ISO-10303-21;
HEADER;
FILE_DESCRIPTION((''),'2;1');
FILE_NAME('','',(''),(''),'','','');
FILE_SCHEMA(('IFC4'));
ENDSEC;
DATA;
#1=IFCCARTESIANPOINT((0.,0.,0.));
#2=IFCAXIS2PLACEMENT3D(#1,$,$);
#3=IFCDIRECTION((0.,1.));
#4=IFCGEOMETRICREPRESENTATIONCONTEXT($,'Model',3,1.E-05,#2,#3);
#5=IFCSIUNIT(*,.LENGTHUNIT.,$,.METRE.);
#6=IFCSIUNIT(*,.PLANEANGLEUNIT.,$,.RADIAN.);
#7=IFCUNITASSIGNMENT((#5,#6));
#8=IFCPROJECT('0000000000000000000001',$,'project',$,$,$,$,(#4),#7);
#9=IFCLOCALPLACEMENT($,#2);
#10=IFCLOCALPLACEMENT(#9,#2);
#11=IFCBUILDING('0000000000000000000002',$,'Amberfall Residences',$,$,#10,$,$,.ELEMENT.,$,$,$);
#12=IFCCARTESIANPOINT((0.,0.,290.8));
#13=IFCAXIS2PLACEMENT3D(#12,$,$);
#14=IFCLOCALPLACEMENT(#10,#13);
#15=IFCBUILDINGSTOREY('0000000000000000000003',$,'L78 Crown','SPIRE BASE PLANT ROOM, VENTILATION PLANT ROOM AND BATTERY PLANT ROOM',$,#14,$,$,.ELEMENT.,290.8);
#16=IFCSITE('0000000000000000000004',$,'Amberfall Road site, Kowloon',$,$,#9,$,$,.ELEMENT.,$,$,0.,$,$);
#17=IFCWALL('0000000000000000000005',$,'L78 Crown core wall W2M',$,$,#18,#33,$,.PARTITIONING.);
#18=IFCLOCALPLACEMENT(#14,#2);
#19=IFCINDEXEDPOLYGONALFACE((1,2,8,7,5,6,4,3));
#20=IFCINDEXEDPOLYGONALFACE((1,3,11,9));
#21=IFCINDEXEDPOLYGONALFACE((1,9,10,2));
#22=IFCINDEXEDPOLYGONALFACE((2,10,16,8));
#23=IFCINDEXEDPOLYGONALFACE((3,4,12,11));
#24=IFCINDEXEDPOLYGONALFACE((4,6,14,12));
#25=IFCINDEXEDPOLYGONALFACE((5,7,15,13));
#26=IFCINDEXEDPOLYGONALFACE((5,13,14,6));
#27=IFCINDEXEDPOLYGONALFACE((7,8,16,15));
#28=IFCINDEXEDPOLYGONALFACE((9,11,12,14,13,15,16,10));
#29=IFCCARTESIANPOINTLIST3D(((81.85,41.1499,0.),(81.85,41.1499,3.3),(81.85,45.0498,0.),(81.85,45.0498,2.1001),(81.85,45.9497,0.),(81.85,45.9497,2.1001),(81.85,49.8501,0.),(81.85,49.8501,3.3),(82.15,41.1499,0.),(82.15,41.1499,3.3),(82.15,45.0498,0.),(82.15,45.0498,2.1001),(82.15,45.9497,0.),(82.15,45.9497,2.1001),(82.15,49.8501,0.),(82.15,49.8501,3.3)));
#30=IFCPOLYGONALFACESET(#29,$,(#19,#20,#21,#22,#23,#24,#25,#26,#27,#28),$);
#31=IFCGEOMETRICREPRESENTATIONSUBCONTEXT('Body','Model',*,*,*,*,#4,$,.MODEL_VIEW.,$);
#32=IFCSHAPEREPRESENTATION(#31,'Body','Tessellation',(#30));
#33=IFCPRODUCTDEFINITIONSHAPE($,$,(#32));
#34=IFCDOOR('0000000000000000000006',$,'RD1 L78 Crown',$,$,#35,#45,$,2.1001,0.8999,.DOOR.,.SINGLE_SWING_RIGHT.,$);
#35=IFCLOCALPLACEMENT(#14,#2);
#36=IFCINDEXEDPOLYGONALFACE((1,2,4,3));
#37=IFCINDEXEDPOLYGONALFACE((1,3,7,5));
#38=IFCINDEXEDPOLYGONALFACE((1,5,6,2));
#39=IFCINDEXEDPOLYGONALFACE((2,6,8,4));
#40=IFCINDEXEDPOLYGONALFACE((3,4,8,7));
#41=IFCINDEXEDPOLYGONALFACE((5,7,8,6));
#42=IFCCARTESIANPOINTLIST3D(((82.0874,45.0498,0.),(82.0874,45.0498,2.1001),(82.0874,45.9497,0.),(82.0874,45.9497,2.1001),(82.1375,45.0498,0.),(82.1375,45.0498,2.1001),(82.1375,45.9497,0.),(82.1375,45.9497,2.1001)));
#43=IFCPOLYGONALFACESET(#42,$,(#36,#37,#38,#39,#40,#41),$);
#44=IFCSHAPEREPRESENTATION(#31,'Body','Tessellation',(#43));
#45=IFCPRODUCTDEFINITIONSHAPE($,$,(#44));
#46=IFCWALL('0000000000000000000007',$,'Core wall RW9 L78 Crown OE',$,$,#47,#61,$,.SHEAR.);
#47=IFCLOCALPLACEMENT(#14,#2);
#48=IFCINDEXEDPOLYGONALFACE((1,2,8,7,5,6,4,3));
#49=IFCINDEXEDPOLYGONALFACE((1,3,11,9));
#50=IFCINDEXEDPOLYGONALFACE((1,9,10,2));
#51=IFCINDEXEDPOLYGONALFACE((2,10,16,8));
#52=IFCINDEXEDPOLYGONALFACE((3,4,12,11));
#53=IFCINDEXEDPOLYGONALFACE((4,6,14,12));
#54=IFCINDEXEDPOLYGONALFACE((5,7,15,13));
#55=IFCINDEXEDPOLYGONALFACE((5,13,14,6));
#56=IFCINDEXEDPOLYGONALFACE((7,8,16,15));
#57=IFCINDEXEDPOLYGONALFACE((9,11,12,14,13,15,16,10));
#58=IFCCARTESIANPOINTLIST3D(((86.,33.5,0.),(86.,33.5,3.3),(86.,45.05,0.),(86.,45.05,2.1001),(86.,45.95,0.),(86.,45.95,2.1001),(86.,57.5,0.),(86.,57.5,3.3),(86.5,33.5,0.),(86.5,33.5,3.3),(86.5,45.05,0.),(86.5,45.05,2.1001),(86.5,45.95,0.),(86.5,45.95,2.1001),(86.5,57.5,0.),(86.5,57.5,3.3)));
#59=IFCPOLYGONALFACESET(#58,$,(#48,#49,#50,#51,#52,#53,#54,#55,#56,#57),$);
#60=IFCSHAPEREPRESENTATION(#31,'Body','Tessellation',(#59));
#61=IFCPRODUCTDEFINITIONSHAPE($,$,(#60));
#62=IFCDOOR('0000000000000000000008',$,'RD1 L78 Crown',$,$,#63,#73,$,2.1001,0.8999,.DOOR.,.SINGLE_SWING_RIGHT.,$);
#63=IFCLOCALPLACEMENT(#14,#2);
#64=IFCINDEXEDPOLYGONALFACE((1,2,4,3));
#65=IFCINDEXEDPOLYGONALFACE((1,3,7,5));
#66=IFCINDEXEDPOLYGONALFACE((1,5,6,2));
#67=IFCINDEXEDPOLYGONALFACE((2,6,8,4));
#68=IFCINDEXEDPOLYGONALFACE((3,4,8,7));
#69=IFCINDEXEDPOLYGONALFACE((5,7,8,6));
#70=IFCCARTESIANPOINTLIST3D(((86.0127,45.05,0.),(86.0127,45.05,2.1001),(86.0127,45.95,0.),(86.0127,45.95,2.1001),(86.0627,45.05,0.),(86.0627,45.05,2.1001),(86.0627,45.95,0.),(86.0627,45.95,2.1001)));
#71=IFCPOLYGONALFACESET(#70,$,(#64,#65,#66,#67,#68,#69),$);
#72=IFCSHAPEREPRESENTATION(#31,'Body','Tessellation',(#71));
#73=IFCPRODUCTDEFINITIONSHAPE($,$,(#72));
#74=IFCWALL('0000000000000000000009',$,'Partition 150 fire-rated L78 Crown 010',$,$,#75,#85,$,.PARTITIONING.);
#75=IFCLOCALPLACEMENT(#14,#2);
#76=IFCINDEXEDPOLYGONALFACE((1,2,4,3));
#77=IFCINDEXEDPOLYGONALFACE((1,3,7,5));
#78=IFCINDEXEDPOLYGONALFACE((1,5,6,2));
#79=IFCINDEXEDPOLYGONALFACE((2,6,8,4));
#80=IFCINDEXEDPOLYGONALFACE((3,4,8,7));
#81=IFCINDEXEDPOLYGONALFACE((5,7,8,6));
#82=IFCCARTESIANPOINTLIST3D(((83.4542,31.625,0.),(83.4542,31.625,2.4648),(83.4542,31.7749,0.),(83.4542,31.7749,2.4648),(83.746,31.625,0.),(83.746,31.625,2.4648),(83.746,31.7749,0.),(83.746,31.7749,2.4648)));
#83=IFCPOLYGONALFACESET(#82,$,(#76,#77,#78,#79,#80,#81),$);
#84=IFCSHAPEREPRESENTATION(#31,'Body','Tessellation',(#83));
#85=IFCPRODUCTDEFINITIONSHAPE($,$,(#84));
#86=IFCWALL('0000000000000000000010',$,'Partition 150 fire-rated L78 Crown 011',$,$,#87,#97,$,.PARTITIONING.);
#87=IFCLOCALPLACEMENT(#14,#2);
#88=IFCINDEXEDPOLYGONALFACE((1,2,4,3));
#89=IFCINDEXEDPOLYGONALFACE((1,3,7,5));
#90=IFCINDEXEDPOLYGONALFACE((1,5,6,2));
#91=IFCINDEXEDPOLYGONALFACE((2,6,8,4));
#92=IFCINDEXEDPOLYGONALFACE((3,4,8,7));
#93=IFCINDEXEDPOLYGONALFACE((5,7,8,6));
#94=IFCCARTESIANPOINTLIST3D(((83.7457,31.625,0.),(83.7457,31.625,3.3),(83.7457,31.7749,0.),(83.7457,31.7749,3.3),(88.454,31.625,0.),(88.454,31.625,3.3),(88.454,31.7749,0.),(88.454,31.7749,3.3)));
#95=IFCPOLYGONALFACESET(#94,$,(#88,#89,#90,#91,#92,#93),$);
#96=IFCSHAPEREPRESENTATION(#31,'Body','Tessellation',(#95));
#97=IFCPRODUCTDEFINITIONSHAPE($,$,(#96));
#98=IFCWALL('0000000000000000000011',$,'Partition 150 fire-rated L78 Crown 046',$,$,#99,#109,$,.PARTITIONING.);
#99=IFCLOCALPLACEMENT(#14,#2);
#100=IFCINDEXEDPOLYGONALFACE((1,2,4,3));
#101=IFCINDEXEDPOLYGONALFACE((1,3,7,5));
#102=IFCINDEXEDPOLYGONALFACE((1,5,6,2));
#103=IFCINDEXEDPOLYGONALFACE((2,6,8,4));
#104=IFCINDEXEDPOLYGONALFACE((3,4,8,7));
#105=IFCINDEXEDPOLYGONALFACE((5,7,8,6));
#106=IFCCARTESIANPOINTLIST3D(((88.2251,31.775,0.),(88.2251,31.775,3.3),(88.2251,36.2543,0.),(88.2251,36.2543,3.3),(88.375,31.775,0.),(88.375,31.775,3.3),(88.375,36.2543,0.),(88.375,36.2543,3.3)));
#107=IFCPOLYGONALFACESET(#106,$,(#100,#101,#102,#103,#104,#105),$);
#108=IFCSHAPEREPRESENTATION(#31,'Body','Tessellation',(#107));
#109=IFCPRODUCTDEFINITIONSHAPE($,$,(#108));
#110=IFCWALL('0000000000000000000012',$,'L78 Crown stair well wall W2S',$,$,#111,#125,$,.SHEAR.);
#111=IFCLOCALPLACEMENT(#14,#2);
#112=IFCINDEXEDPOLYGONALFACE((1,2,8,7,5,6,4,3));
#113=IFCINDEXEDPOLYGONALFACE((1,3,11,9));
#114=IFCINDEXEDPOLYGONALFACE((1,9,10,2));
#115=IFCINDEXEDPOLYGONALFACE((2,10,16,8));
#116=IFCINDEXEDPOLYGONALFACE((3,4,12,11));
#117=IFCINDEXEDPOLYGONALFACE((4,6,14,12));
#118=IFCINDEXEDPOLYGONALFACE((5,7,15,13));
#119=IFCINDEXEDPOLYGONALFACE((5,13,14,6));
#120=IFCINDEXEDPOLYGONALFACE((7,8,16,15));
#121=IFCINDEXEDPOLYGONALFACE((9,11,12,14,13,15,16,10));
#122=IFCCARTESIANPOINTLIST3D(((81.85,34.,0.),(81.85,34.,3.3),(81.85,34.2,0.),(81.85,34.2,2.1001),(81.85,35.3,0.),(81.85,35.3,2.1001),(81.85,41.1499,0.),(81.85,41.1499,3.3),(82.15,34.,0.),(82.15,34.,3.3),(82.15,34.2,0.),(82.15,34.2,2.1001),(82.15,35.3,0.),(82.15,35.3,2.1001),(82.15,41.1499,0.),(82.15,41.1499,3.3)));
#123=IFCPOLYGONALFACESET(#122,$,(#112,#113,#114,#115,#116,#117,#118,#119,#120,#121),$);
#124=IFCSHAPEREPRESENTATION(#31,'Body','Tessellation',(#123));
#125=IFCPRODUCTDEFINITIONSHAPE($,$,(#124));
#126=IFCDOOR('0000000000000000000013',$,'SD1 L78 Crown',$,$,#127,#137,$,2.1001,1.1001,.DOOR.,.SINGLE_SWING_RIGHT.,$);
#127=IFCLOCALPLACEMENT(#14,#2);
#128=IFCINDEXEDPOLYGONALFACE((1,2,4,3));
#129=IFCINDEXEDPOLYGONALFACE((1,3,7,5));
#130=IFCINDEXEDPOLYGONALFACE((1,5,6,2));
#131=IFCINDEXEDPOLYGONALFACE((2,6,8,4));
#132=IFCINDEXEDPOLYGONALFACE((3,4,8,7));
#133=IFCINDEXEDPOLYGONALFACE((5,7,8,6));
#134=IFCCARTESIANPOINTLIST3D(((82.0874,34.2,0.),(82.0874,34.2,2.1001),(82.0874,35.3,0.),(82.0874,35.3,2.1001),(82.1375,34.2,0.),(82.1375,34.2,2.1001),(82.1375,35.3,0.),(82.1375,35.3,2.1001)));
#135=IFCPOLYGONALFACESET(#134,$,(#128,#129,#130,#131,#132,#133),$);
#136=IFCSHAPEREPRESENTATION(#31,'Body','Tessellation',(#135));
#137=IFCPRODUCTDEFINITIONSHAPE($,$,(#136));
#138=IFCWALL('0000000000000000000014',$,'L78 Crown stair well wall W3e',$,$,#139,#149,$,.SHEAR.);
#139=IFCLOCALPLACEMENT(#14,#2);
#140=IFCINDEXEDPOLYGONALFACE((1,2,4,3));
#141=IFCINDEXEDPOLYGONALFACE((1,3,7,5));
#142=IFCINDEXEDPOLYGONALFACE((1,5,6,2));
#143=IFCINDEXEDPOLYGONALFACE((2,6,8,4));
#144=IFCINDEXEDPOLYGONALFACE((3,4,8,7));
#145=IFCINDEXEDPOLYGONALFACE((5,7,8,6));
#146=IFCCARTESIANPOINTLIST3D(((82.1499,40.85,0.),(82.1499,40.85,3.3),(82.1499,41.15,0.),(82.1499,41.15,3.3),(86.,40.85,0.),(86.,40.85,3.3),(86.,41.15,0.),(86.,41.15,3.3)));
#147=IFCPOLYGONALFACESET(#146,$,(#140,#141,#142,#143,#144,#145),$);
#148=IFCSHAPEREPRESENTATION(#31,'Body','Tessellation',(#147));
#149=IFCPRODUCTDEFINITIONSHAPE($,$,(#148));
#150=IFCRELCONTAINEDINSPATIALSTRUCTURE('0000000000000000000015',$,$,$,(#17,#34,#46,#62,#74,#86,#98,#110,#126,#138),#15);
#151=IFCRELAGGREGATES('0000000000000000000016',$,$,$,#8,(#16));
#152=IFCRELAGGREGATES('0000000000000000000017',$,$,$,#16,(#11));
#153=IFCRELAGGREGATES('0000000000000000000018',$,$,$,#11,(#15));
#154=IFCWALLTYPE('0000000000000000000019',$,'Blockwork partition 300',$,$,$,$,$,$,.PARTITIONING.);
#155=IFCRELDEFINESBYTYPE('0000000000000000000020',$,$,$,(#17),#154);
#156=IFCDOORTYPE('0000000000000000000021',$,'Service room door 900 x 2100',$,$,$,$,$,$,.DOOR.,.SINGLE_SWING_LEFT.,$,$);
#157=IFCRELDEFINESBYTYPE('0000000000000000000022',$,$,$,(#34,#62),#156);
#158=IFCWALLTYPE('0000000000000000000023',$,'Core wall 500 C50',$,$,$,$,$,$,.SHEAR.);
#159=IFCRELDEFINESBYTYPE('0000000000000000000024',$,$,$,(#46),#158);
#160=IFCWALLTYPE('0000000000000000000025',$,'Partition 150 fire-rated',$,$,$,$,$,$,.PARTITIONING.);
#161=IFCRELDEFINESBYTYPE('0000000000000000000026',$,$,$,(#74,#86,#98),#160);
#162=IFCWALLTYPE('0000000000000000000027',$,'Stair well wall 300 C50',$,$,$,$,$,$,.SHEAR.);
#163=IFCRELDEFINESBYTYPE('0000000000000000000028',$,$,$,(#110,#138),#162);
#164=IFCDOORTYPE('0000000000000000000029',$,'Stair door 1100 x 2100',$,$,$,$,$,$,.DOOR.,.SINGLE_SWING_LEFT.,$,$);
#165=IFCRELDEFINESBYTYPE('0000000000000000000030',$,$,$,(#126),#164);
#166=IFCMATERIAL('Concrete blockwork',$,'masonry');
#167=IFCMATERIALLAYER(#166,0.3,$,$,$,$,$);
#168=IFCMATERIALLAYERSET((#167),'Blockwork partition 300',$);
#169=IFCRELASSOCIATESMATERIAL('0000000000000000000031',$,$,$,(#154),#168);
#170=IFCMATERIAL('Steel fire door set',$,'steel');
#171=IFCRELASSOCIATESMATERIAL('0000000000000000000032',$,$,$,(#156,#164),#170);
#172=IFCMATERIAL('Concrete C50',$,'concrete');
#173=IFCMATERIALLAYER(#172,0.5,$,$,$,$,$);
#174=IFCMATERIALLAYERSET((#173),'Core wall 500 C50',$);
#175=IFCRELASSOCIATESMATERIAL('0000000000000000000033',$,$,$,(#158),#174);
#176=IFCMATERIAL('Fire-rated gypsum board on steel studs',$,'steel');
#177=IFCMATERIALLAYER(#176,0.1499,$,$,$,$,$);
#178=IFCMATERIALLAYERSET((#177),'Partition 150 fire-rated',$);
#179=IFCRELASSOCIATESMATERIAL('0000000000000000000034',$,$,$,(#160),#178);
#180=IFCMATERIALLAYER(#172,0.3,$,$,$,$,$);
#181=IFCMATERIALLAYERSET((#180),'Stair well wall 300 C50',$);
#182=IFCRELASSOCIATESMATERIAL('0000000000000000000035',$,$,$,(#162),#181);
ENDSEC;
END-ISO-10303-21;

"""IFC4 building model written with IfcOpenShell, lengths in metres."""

from ifc_helpers import new_model, si_unit, direction, frame, frame_2d, origin, place, context, subcontext, project, spatial, rectangle, extrude, material, layer, layer_set, type_object, element, fill, save


model = new_model("IFC4")

# Units and contexts
model_context = context("Model", 3, precision=1e-05, world=origin(), true_north=direction((0.0, 1.0)))
body_context = subcontext(model_context, "Body", "Model", "MODEL_VIEW")
ifc_project = project(units=[si_unit("LENGTHUNIT", "METRE"), si_unit("PLANEANGLEUNIT", "RADIAN")], contexts=[model_context])

# Site, building, storey
site_placement = place(None, origin())
site = spatial("IfcSite", under=ifc_project, at=site_placement, Name="Amberfall Road site, Kowloon", CompositionType="ELEMENT", RefElevation=0.0)
building_placement = place(site_placement, origin())
building = spatial("IfcBuilding", under=site, at=building_placement, Name="Amberfall Residences", CompositionType="ELEMENT")
storey_placement = place(building_placement, frame((0.0, 0.0, 290.8)))
storey = spatial("IfcBuildingStorey", under=building, at=storey_placement, Name="L78 Crown", Description="SPIRE BASE PLANT ROOM, VENTILATION PLANT ROOM AND BATTERY PLANT ROOM", CompositionType="ELEMENT", Elevation=290.8)

# Shared definitions
ifc_material_1 = material(Name="Concrete C50", Category="concrete")

# Walls, openings, doors
ifc_material_2 = material(Name="Concrete blockwork", Category="masonry")
ifc_layer_1 = layer(ifc_material_2, 0.3)
ifc_layer_set_1 = layer_set([ifc_layer_1], Name="Blockwork partition 300")
wall_type_1 = type_object("IfcWallType", Name="Blockwork partition 300", PredefinedType="PARTITIONING", material=ifc_layer_set_1)
wall_1_placement = place(storey_placement, frame((82.0, 41.1499, 0.0), z_axis=(0.0, 0.0, 1.0), x_axis=(0.0, 1.0, 0.0)))
wall_1 = element("IfcWall", 1, at=wall_1_placement, inside=storey, type_object=wall_type_1, Name="L78 Crown core wall W2M", PredefinedType="PARTITIONING", context=body_context, shape_type="SweptSolid", body=[
    extrude(rectangle(XDim=8.7002, YDim=0.3, at=frame_2d((4.3501, 0.0))), origin(), (0.0, 0.0, 1.0), 3.3),
])
opening_1_placement = place(wall_1_placement, frame((3.8999, 0.0, 0.0)))
opening_1 = element("IfcOpeningElement", 2, at=opening_1_placement, cuts=wall_1, PredefinedType="OPENING", context=body_context, shape_type="SweptSolid", body=[
    extrude(rectangle(XDim=0.8999, YDim=2.1001, at=frame_2d((0.45, 1.05))), frame((0.0, 0.1599, 0.0), z_axis=(0.0, -1.0, 0.0), x_axis=(1.0, 0.0, 0.0)), (0.0, 0.0, 1.0), 0.3201),
])
ifc_material_3 = material(Name="Steel fire door set", Category="steel")
door_type_1 = type_object("IfcDoorType", Name="Service room door 900 x 2100", OperationType="SINGLE_SWING_LEFT", PredefinedType="DOOR", material=ifc_material_3)
door_1_placement = place(opening_1_placement, origin())
door_1 = element("IfcDoor", 3, at=door_1_placement, inside=storey, type_object=door_type_1, Name="RD1 L78 Crown", OperationType="SINGLE_SWING_RIGHT", OverallHeight=2.1001, OverallWidth=0.8999, PredefinedType="DOOR", context=body_context, shape_type="SweptSolid", body=[
    extrude(rectangle(XDim=0.8999, YDim=2.1001, at=frame_2d((0.45, 1.05))), frame((0.0, -0.0874, 0.0), z_axis=(0.0, -1.0, 0.0), x_axis=(1.0, 0.0, 0.0)), (0.0, 0.0, 1.0), 0.05),
])
fill(opening_1, door_1)
ifc_layer_2 = layer(ifc_material_1, 0.5)
ifc_layer_set_2 = layer_set([ifc_layer_2], Name="Core wall 500 C50")
wall_type_2 = type_object("IfcWallType", Name="Core wall 500 C50", PredefinedType="SHEAR", material=ifc_layer_set_2)
wall_2_placement = place(storey_placement, frame((86.25, 33.5, 0.0), z_axis=(0.0, 0.0, 1.0), x_axis=(0.0, 1.0, 0.0)))
wall_2 = element("IfcWall", 4, at=wall_2_placement, inside=storey, type_object=wall_type_2, Name="Core wall RW9 L78 Crown OE", PredefinedType="SHEAR", context=body_context, shape_type="SweptSolid", body=[
    extrude(rectangle(XDim=24.0, YDim=0.5, at=frame_2d((12.0, 0.0))), origin(), (0.0, 0.0, 1.0), 3.3),
])
opening_2_placement = place(wall_2_placement, frame((11.55, 0.0, 0.0)))
opening_2 = element("IfcOpeningElement", 5, at=opening_2_placement, cuts=wall_2, PredefinedType="OPENING", context=body_context, shape_type="SweptSolid", body=[
    extrude(rectangle(XDim=0.8999, YDim=2.1001, at=frame_2d((0.45, 1.05))), frame((0.0, 0.26, 0.0), z_axis=(0.0, -1.0, 0.0), x_axis=(1.0, 0.0, 0.0)), (0.0, 0.0, 1.0), 0.52),
])
door_2_placement = place(opening_2_placement, origin())
door_2 = element("IfcDoor", 6, at=door_2_placement, inside=storey, type_object=door_type_1, Name="RD1 L78 Crown", OperationType="SINGLE_SWING_RIGHT", OverallHeight=2.1001, OverallWidth=0.8999, PredefinedType="DOOR", context=body_context, shape_type="SweptSolid", body=[
    extrude(rectangle(XDim=0.8999, YDim=2.1001, at=frame_2d((0.45, 1.05))), frame((0.0, 0.2373, 0.0), z_axis=(0.0, -1.0, 0.0), x_axis=(1.0, 0.0, 0.0)), (0.0, 0.0, 1.0), 0.05),
])
fill(opening_2, door_2)

# Walls
ifc_material_4 = material(Name="Fire-rated gypsum board on steel studs", Category="steel")
ifc_layer_3 = layer(ifc_material_4, 0.1499)
ifc_layer_set_3 = layer_set([ifc_layer_3], Name="Partition 150 fire-rated")
wall_type_3 = type_object("IfcWallType", Name="Partition 150 fire-rated", PredefinedType="PARTITIONING", material=ifc_layer_set_3)
wall_3_placement = place(storey_placement, frame((83.4541, 31.7, 0.0), z_axis=(0.0, 0.0, 1.0), x_axis=(1.0, 0.0, 0.0)))
element("IfcWall", 7, at=wall_3_placement, inside=storey, type_object=wall_type_3, Name="Partition 150 fire-rated L78 Crown 010", PredefinedType="PARTITIONING", context=body_context, shape_type="SweptSolid", body=[
    extrude(rectangle(XDim=0.2917, YDim=0.1499, at=frame_2d((0.146, 0.0))), origin(), (0.0, 0.0, 1.0), 2.4648),
])
wall_4_placement = place(storey_placement, frame((83.7458, 31.7, 0.0), z_axis=(0.0, 0.0, 1.0), x_axis=(1.0, 0.0, 0.0)))
element("IfcWall", 8, at=wall_4_placement, inside=storey, type_object=wall_type_3, Name="Partition 150 fire-rated L78 Crown 011", PredefinedType="PARTITIONING", context=body_context, shape_type="SweptSolid", body=[
    extrude(rectangle(XDim=4.7083, YDim=0.1499, at=frame_2d((2.354, 0.0))), origin(), (0.0, 0.0, 1.0), 3.3),
])
wall_5_placement = place(storey_placement, frame((88.3, 31.7749, 0.0), z_axis=(0.0, 0.0, 1.0), x_axis=(0.0, 1.0, 0.0)))
element("IfcWall", 9, at=wall_5_placement, inside=storey, type_object=wall_type_3, Name="Partition 150 fire-rated L78 Crown 046", PredefinedType="PARTITIONING", context=body_context, shape_type="SweptSolid", body=[
    extrude(rectangle(XDim=4.4792, YDim=0.1499, at=frame_2d((2.2397, 0.0))), origin(), (0.0, 0.0, 1.0), 3.3),
])

# Wall, opening, door
ifc_layer_4 = layer(ifc_material_1, 0.3)
ifc_layer_set_4 = layer_set([ifc_layer_4], Name="Stair well wall 300 C50")
wall_type_4 = type_object("IfcWallType", Name="Stair well wall 300 C50", PredefinedType="SHEAR", material=ifc_layer_set_4)
wall_6_placement = place(storey_placement, frame((82.0, 34.0, 0.0), z_axis=(0.0, 0.0, 1.0), x_axis=(0.0, 1.0, 0.0)))
wall_6 = element("IfcWall", 10, at=wall_6_placement, inside=storey, type_object=wall_type_4, Name="L78 Crown stair well wall W2S", PredefinedType="SHEAR", context=body_context, shape_type="SweptSolid", body=[
    extrude(rectangle(XDim=7.1499, YDim=0.3, at=frame_2d((3.575, 0.0))), origin(), (0.0, 0.0, 1.0), 3.3),
])
opening_3_placement = place(wall_6_placement, frame((0.2, 0.0, 0.0)))
opening_3 = element("IfcOpeningElement", 11, at=opening_3_placement, cuts=wall_6, PredefinedType="OPENING", context=body_context, shape_type="SweptSolid", body=[
    extrude(rectangle(XDim=1.1001, YDim=2.1001, at=frame_2d((0.55, 1.05))), frame((0.0, 0.1599, 0.0), z_axis=(0.0, -1.0, 0.0), x_axis=(1.0, 0.0, 0.0)), (0.0, 0.0, 1.0), 0.3201),
])
door_type_2 = type_object("IfcDoorType", Name="Stair door 1100 x 2100", OperationType="SINGLE_SWING_LEFT", PredefinedType="DOOR", material=ifc_material_3)
door_3_placement = place(opening_3_placement, origin())
door_3 = element("IfcDoor", 12, at=door_3_placement, inside=storey, type_object=door_type_2, Name="SD1 L78 Crown", OperationType="SINGLE_SWING_RIGHT", OverallHeight=2.1001, OverallWidth=1.1001, PredefinedType="DOOR", context=body_context, shape_type="SweptSolid", body=[
    extrude(rectangle(XDim=1.1001, YDim=2.1001, at=frame_2d((0.55, 1.05))), frame((0.0, -0.0874, 0.0), z_axis=(0.0, -1.0, 0.0), x_axis=(1.0, 0.0, 0.0)), (0.0, 0.0, 1.0), 0.05),
])
fill(opening_3, door_3)

# Wall
wall_7_placement = place(storey_placement, frame((82.1499, 41.0, 0.0), z_axis=(0.0, 0.0, 1.0), x_axis=(1.0, 0.0, 0.0)))
element("IfcWall", 13, at=wall_7_placement, inside=storey, type_object=wall_type_4, Name="L78 Crown stair well wall W3e", PredefinedType="SHEAR", context=body_context, shape_type="SweptSolid", body=[
    extrude(rectangle(XDim=3.8501, YDim=0.3, at=frame_2d((1.925, 0.0))), origin(), (0.0, 0.0, 1.0), 3.3),
])

save(model, "model.ifc")
